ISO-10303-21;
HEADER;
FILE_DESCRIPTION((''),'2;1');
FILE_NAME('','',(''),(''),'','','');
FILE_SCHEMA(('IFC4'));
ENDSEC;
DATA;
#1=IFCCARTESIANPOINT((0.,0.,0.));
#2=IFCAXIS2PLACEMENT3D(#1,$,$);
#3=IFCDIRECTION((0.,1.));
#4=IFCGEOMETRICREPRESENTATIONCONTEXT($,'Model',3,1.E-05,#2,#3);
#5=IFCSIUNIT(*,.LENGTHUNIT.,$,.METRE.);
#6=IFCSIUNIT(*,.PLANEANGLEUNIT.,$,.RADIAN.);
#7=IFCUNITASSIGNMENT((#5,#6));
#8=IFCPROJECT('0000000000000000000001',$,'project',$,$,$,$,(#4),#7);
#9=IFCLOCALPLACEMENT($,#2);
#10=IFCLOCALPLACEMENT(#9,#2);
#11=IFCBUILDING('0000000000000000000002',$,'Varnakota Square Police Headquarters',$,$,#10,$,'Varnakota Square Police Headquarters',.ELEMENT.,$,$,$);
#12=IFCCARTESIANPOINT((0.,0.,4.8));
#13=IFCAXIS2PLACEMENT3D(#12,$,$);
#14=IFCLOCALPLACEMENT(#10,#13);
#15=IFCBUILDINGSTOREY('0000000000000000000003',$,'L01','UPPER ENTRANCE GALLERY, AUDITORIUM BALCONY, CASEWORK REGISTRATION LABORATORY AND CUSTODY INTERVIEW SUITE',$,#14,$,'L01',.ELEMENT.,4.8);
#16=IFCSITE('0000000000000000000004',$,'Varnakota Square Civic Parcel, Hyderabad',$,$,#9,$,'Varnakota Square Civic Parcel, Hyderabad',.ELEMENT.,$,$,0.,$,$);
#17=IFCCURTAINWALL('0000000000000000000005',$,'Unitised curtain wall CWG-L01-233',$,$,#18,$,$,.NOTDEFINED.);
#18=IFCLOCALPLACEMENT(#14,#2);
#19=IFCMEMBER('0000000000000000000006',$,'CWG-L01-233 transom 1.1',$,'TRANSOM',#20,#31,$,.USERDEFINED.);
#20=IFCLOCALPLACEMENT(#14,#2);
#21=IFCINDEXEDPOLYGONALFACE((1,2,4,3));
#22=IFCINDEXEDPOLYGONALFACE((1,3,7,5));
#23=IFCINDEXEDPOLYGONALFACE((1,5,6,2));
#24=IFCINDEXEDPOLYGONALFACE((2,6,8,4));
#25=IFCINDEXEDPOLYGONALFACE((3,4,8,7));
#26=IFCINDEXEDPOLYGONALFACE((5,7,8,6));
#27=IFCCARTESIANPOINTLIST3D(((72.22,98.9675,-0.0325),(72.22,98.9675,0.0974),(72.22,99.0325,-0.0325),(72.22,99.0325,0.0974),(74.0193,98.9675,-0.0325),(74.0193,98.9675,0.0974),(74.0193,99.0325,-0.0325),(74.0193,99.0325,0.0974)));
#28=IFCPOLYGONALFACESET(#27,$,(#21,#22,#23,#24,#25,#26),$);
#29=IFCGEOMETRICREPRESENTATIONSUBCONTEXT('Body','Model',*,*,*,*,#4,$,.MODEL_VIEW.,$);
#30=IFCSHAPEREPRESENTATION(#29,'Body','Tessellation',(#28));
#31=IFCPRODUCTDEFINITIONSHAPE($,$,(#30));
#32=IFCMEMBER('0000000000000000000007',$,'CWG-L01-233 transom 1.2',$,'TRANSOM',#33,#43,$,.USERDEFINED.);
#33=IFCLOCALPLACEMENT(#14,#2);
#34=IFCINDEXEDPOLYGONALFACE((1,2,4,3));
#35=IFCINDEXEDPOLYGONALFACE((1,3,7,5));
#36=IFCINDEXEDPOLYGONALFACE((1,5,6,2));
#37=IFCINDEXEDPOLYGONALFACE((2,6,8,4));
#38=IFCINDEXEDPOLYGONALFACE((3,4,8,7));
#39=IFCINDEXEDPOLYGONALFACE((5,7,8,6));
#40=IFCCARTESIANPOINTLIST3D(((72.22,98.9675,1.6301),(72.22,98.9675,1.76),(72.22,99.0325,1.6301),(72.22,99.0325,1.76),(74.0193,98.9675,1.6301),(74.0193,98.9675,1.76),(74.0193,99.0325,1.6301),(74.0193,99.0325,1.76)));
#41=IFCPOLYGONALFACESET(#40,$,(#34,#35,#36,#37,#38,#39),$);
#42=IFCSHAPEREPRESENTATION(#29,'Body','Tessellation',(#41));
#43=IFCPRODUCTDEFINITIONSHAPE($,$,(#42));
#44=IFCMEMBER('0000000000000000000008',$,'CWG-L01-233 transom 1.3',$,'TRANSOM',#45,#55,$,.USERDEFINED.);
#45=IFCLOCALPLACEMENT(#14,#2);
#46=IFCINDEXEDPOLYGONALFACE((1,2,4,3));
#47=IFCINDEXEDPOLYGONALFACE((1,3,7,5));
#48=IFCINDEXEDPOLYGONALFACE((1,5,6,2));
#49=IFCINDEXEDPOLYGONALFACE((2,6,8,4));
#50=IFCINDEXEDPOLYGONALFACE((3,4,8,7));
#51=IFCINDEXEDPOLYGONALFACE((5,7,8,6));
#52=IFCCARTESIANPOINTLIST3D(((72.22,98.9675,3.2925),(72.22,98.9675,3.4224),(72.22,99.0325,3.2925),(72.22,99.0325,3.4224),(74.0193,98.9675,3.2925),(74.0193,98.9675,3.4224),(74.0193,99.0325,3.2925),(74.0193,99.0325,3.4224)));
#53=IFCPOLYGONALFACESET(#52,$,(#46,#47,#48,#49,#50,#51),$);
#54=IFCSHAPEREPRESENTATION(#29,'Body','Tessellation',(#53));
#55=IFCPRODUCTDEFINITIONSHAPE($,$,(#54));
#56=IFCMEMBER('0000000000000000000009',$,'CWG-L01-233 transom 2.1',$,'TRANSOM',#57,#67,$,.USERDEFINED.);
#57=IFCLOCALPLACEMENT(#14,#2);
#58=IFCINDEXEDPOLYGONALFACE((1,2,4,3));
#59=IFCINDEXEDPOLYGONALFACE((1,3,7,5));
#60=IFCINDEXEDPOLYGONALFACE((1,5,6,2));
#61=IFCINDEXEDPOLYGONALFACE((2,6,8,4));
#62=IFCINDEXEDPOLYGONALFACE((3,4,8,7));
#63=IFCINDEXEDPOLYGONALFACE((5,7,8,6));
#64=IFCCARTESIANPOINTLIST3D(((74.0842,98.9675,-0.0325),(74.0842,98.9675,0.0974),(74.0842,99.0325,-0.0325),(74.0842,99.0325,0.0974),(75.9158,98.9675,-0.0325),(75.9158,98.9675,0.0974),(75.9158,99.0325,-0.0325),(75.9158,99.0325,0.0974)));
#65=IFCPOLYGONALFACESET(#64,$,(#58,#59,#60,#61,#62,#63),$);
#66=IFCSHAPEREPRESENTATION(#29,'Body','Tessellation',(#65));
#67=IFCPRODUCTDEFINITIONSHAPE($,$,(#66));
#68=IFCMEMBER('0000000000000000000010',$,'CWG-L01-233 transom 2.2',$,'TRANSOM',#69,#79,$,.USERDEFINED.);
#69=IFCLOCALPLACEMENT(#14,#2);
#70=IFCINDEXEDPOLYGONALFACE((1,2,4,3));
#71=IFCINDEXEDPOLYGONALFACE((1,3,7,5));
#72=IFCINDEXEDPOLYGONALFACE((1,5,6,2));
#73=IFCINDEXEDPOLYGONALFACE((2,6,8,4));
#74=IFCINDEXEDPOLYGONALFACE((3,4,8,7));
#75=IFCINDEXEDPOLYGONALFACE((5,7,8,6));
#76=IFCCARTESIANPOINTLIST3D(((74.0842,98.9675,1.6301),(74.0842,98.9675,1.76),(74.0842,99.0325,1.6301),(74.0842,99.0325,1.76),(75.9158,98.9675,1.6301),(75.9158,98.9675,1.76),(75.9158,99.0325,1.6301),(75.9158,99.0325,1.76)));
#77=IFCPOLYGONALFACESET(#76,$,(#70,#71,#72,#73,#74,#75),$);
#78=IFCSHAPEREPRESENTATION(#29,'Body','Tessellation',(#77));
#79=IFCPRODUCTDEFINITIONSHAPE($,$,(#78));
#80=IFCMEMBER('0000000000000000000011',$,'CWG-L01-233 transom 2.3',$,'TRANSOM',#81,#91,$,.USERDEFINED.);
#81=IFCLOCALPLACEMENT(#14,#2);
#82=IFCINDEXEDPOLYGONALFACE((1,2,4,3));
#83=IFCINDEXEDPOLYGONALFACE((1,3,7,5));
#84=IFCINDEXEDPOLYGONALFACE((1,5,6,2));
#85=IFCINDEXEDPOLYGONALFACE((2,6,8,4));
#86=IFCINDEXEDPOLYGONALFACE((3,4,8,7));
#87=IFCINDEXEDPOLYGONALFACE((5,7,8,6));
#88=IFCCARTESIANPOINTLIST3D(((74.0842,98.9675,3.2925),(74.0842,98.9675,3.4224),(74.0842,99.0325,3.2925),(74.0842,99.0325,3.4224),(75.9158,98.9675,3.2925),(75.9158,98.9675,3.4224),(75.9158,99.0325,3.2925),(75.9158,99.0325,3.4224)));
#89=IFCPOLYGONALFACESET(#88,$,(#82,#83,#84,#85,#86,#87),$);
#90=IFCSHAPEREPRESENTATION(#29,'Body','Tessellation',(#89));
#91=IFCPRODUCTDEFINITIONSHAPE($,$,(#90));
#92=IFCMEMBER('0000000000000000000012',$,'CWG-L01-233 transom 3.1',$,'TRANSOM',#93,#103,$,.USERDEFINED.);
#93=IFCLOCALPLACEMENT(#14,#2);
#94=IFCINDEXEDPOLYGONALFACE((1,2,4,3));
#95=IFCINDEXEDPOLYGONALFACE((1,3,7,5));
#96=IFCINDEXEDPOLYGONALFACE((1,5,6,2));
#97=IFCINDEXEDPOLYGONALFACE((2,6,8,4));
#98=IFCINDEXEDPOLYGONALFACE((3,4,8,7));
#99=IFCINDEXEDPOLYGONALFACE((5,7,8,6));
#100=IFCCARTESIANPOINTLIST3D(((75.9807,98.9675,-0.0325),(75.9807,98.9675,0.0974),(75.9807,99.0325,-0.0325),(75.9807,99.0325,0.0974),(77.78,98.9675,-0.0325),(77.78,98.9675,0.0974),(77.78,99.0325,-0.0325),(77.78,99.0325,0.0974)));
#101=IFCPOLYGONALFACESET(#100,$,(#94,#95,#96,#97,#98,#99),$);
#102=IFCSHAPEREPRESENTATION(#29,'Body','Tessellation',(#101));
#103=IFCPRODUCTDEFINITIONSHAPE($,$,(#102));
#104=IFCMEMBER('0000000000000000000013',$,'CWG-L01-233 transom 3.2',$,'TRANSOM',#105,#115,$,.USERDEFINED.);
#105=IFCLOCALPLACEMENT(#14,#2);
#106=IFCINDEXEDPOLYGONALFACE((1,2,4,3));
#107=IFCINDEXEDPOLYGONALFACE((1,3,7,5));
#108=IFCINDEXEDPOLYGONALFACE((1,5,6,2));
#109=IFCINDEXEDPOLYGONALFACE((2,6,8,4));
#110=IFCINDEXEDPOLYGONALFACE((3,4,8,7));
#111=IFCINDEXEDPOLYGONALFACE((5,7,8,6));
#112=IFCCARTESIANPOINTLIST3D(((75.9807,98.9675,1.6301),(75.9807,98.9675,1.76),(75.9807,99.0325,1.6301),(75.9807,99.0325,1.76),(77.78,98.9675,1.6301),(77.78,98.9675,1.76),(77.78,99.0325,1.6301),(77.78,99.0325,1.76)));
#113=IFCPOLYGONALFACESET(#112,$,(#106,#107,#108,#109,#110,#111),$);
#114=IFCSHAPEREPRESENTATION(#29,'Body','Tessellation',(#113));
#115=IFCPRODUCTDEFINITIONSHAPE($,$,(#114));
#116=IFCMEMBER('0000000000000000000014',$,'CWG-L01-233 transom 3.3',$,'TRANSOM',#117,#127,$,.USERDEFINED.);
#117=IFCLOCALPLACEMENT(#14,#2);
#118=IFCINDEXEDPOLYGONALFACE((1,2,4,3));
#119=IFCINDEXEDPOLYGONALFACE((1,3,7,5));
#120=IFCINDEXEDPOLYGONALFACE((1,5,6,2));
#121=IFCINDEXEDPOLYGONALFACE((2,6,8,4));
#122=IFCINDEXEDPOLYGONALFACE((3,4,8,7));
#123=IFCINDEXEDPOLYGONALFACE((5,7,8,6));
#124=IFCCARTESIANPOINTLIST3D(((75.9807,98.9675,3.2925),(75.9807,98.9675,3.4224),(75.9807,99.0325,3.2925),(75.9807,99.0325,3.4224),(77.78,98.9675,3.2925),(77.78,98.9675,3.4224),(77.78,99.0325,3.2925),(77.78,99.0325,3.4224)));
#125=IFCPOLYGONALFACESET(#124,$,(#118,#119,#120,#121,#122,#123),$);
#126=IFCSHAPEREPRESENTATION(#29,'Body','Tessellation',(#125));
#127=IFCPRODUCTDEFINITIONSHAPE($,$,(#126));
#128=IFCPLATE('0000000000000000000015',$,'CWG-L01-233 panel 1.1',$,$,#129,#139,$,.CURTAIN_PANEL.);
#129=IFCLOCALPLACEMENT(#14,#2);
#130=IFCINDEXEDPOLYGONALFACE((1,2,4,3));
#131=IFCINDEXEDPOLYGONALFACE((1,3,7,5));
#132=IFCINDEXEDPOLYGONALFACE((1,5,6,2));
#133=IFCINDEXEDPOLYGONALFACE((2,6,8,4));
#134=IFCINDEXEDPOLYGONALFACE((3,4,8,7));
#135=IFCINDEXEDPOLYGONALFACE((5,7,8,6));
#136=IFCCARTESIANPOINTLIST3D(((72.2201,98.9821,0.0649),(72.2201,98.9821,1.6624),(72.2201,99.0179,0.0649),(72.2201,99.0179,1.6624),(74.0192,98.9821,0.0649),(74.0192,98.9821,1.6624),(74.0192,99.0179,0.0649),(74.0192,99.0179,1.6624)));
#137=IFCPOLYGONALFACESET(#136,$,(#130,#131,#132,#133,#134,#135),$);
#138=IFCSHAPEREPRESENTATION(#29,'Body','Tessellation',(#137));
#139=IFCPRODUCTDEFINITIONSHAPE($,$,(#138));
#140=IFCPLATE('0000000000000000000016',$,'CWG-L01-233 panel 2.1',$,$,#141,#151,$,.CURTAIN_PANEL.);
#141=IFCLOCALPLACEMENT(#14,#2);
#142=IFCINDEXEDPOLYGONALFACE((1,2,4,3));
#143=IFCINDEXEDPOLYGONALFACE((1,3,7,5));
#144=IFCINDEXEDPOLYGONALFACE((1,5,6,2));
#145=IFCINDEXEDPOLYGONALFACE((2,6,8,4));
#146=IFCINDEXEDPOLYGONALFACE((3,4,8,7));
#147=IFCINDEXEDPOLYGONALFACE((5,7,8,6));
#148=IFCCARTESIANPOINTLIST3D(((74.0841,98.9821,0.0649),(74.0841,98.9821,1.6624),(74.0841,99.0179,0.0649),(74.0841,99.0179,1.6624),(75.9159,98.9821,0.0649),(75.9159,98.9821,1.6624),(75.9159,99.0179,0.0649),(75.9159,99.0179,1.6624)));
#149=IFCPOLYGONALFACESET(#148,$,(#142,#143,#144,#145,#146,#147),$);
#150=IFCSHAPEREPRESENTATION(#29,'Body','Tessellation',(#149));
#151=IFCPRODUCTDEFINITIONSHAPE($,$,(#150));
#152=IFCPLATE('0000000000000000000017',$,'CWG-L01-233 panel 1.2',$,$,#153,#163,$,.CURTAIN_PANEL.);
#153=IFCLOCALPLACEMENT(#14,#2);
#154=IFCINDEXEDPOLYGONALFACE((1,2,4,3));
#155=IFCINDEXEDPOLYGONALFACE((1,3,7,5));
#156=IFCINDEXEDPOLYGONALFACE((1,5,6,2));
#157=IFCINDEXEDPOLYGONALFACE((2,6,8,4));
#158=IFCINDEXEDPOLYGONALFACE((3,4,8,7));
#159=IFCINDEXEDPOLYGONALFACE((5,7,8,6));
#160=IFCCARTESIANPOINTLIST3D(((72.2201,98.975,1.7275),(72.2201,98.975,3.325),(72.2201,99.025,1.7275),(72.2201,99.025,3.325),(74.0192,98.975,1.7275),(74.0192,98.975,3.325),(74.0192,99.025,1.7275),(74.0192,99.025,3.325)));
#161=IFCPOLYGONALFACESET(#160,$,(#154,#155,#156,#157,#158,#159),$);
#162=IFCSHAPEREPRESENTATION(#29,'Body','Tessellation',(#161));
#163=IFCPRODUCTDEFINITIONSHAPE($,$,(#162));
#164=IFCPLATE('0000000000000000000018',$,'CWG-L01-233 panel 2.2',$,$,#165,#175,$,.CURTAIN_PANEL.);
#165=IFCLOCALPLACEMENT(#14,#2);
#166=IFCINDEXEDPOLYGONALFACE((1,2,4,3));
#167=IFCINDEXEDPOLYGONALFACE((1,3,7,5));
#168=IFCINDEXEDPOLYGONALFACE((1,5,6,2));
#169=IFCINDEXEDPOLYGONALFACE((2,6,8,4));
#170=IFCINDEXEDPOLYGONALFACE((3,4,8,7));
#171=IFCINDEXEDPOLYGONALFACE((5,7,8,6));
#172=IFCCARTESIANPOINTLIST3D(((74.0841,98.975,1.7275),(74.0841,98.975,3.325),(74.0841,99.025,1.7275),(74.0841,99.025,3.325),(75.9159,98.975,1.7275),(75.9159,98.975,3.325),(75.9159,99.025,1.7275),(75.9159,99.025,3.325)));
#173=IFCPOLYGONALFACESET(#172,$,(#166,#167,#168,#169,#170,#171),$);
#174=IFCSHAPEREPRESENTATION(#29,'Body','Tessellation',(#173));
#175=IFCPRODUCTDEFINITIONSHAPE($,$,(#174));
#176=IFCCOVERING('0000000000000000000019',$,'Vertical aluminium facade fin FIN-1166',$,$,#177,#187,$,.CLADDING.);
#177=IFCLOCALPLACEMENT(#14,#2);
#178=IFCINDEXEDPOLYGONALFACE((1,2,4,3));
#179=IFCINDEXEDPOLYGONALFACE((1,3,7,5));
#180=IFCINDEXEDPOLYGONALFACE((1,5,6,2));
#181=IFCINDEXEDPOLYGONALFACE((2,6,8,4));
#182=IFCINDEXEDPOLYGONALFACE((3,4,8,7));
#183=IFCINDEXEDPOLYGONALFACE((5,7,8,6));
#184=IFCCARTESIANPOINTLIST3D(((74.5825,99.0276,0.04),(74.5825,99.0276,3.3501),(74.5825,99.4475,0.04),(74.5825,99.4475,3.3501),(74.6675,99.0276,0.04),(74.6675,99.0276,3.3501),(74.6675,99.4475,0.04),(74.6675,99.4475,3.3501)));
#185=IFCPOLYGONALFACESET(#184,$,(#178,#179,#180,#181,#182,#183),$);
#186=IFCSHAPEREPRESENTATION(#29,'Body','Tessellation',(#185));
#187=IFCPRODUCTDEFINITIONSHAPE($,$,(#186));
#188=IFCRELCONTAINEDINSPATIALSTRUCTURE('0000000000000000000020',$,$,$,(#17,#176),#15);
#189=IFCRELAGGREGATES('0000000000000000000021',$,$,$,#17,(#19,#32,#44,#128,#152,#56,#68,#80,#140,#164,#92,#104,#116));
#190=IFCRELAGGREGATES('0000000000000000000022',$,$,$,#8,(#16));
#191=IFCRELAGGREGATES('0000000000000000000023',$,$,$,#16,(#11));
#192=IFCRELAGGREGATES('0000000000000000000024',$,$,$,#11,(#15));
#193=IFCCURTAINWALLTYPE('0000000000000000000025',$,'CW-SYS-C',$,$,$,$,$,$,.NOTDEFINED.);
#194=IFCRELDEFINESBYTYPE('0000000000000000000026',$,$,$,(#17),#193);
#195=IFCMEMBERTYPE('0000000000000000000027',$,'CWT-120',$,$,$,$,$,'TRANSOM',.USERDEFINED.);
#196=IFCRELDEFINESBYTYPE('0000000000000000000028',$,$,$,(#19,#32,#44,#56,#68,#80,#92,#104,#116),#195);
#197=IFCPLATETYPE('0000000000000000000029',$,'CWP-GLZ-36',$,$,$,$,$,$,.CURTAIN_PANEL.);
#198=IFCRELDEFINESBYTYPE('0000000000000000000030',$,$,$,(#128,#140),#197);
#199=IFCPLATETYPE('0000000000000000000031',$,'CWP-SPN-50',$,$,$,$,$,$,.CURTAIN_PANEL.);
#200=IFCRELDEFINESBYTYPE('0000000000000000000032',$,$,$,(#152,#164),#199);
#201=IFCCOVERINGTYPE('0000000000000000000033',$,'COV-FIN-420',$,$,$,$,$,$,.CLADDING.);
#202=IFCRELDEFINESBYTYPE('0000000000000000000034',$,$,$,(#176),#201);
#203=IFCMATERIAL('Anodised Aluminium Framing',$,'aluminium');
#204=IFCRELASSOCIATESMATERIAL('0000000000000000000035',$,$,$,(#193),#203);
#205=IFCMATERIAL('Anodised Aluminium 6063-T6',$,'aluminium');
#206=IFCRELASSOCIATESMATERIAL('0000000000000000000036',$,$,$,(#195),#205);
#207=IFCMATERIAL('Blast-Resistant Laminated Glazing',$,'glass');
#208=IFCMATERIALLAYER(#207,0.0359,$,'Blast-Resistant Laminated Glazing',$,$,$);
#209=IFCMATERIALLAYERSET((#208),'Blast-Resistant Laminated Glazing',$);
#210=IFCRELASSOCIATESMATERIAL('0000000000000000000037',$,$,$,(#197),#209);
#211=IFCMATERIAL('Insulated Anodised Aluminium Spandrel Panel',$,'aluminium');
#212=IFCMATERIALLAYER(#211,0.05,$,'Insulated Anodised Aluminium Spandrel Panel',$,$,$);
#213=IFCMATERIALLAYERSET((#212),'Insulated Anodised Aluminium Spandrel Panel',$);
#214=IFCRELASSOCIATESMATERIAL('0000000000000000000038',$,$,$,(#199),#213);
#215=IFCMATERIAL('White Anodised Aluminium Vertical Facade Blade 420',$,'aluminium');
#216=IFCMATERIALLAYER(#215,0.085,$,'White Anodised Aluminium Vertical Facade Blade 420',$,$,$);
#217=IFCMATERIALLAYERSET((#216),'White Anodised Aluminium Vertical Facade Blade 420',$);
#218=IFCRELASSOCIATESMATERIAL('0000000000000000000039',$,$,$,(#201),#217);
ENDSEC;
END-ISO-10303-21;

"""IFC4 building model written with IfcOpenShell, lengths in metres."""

from ifc_helpers import new_model, si_unit, direction, frame, origin, origin_2d, place, context, subcontext, project, spatial, rectangle, extrude, material, layer, layer_set, material_profile, profile_set, type_object, element, aggregate, save


model = new_model("IFC4")

# Units and contexts
model_context = context("Model", 3, precision=1e-05, world=origin(), true_north=direction((0.0, 1.0)))
body_context = subcontext(model_context, "Body", "Model", "MODEL_VIEW")
ifc_project = project(units=[si_unit("LENGTHUNIT", "METRE"), si_unit("PLANEANGLEUNIT", "RADIAN")], contexts=[model_context])

# Site, building, storey
site_placement = place(None, origin())
site = spatial("IfcSite", under=ifc_project, at=site_placement, Name="Varnakota Square Civic Parcel, Hyderabad", LongName="Varnakota Square Civic Parcel, Hyderabad", CompositionType="ELEMENT", RefElevation=0.0)
building_placement = place(site_placement, origin())
building = spatial("IfcBuilding", under=site, at=building_placement, Name="Varnakota Square Police Headquarters", LongName="Varnakota Square Police Headquarters", CompositionType="ELEMENT")
storey_placement = place(building_placement, frame((0.0, 0.0, 4.8)))
storey = spatial("IfcBuildingStorey", under=building, at=storey_placement, Name="L01", Description="UPPER ENTRANCE GALLERY, AUDITORIUM BALCONY, CASEWORK REGISTRATION LABORATORY AND CUSTODY INTERVIEW SUITE", LongName="L01", CompositionType="ELEMENT", Elevation=4.8)

# Shared definitions
ifc_material_1 = material(Name="Anodised Aluminium Framing", Category="aluminium")
curtain_wall_type = type_object("IfcCurtainWallType", Name="CW-SYS-C", PredefinedType="NOTDEFINED", material=ifc_material_1)
ifc_material_2 = material(Name="Anodised Aluminium 6063-T6", Category="aluminium")

# Curtain wall, members, plates
curtain_wall_1_placement = place(storey_placement, origin())
curtain_wall_1 = element("IfcCurtainWall", 1, at=curtain_wall_1_placement, inside=storey, type_object=curtain_wall_type, Name="Unitised curtain wall CWG-L01-233", PredefinedType="NOTDEFINED")
ifc_material_profile_1 = material_profile(ifc_material_2, rectangle(XDim=0.0649, YDim=0.1299, at=origin_2d()), Name="ALU TRANSOM 65x130")
ifc_profile_set_1 = profile_set([ifc_material_profile_1], Name="Anodised Aluminium 6063-T6")
member_type_1 = type_object("IfcMemberType", Name="CWT-120", ElementType="TRANSOM", PredefinedType="USERDEFINED", material=ifc_profile_set_1)
member_1_placement = place(storey_placement, frame((72.22, 99.0, 0.0325), z_axis=(1.0, 0.0, 0.0), x_axis=(0.0, 1.0, 0.0)))
member_1 = element("IfcMember", 2, at=member_1_placement, type_object=member_type_1, Name="CWG-L01-233 transom 1.1", ObjectType="TRANSOM", PredefinedType="USERDEFINED", context=body_context, shape_type="SweptSolid", body=[
    extrude(rectangle(XDim=0.0649, YDim=0.1299, at=origin_2d()), origin(), (0.0, 0.0, 1.0), 1.7993),
])
member_2_placement = place(storey_placement, frame((72.22, 99.0, 1.6951), z_axis=(1.0, 0.0, 0.0), x_axis=(0.0, 1.0, 0.0)))
member_2 = element("IfcMember", 3, at=member_2_placement, type_object=member_type_1, Name="CWG-L01-233 transom 1.2", ObjectType="TRANSOM", PredefinedType="USERDEFINED", context=body_context, shape_type="SweptSolid", body=[
    extrude(rectangle(XDim=0.0649, YDim=0.1299, at=origin_2d()), origin(), (0.0, 0.0, 1.0), 1.7993),
])
member_3_placement = place(storey_placement, frame((72.22, 99.0, 3.3574), z_axis=(1.0, 0.0, 0.0), x_axis=(0.0, 1.0, 0.0)))
member_3 = element("IfcMember", 4, at=member_3_placement, type_object=member_type_1, Name="CWG-L01-233 transom 1.3", ObjectType="TRANSOM", PredefinedType="USERDEFINED", context=body_context, shape_type="SweptSolid", body=[
    extrude(rectangle(XDim=0.0649, YDim=0.1299, at=origin_2d()), origin(), (0.0, 0.0, 1.0), 1.7993),
])
member_4_placement = place(storey_placement, frame((74.0842, 99.0, 0.0325), z_axis=(1.0, 0.0, 0.0), x_axis=(0.0, 1.0, 0.0)))
member_4 = element("IfcMember", 5, at=member_4_placement, type_object=member_type_1, Name="CWG-L01-233 transom 2.1", ObjectType="TRANSOM", PredefinedType="USERDEFINED", context=body_context, shape_type="SweptSolid", body=[
    extrude(rectangle(XDim=0.0649, YDim=0.1299, at=origin_2d()), origin(), (0.0, 0.0, 1.0), 1.8315),
])
member_5_placement = place(storey_placement, frame((74.0842, 99.0, 1.6951), z_axis=(1.0, 0.0, 0.0), x_axis=(0.0, 1.0, 0.0)))
member_5 = element("IfcMember", 6, at=member_5_placement, type_object=member_type_1, Name="CWG-L01-233 transom 2.2", ObjectType="TRANSOM", PredefinedType="USERDEFINED", context=body_context, shape_type="SweptSolid", body=[
    extrude(rectangle(XDim=0.0649, YDim=0.1299, at=origin_2d()), origin(), (0.0, 0.0, 1.0), 1.8315),
])
member_6_placement = place(storey_placement, frame((74.0842, 99.0, 3.3574), z_axis=(1.0, 0.0, 0.0), x_axis=(0.0, 1.0, 0.0)))
member_6 = element("IfcMember", 7, at=member_6_placement, type_object=member_type_1, Name="CWG-L01-233 transom 2.3", ObjectType="TRANSOM", PredefinedType="USERDEFINED", context=body_context, shape_type="SweptSolid", body=[
    extrude(rectangle(XDim=0.0649, YDim=0.1299, at=origin_2d()), origin(), (0.0, 0.0, 1.0), 1.8315),
])
member_7_placement = place(storey_placement, frame((75.9807, 99.0, 0.0325), z_axis=(1.0, 0.0, 0.0), x_axis=(0.0, 1.0, 0.0)))
member_7 = element("IfcMember", 8, at=member_7_placement, type_object=member_type_1, Name="CWG-L01-233 transom 3.1", ObjectType="TRANSOM", PredefinedType="USERDEFINED", context=body_context, shape_type="SweptSolid", body=[
    extrude(rectangle(XDim=0.0649, YDim=0.1299, at=origin_2d()), origin(), (0.0, 0.0, 1.0), 1.7993),
])
member_8_placement = place(storey_placement, frame((75.9807, 99.0, 1.6951), z_axis=(1.0, 0.0, 0.0), x_axis=(0.0, 1.0, 0.0)))
member_8 = element("IfcMember", 9, at=member_8_placement, type_object=member_type_1, Name="CWG-L01-233 transom 3.2", ObjectType="TRANSOM", PredefinedType="USERDEFINED", context=body_context, shape_type="SweptSolid", body=[
    extrude(rectangle(XDim=0.0649, YDim=0.1299, at=origin_2d()), origin(), (0.0, 0.0, 1.0), 1.7993),
])
member_9_placement = place(storey_placement, frame((75.9807, 99.0, 3.3574), z_axis=(1.0, 0.0, 0.0), x_axis=(0.0, 1.0, 0.0)))
member_9 = element("IfcMember", 10, at=member_9_placement, type_object=member_type_1, Name="CWG-L01-233 transom 3.3", ObjectType="TRANSOM", PredefinedType="USERDEFINED", context=body_context, shape_type="SweptSolid", body=[
    extrude(rectangle(XDim=0.0649, YDim=0.1299, at=origin_2d()), origin(), (0.0, 0.0, 1.0), 1.7993),
])
ifc_material_3 = material(Name="Blast-Resistant Laminated Glazing", Category="glass")
ifc_layer_1 = layer(ifc_material_3, 0.0359, Name="Blast-Resistant Laminated Glazing")
ifc_layer_set_1 = layer_set([ifc_layer_1], Name="Blast-Resistant Laminated Glazing")
plate_type_1 = type_object("IfcPlateType", Name="CWP-GLZ-36", PredefinedType="CURTAIN_PANEL", material=ifc_layer_set_1)
plate_1_placement = place(storey_placement, frame((73.1196, 99.0, 0.0649), z_axis=(0.0, 0.0, 1.0), x_axis=(1.0, 0.0, 0.0)))
plate_1 = element("IfcPlate", 11, at=plate_1_placement, type_object=plate_type_1, Name="CWG-L01-233 panel 1.1", PredefinedType="CURTAIN_PANEL", context=body_context, shape_type="SweptSolid", body=[
    extrude(rectangle(XDim=1.7991, YDim=0.0359, at=origin_2d()), origin(), (0.0, 0.0, 1.0), 1.5974),
])
plate_2_placement = place(storey_placement, frame((75.0, 99.0, 0.0649), z_axis=(0.0, 0.0, 1.0), x_axis=(1.0, 0.0, 0.0)))
plate_2 = element("IfcPlate", 12, at=plate_2_placement, type_object=plate_type_1, Name="CWG-L01-233 panel 2.1", PredefinedType="CURTAIN_PANEL", context=body_context, shape_type="SweptSolid", body=[
    extrude(rectangle(XDim=1.8318, YDim=0.0359, at=origin_2d()), origin(), (0.0, 0.0, 1.0), 1.5974),
])
ifc_material_4 = material(Name="Insulated Anodised Aluminium Spandrel Panel", Category="aluminium")
ifc_layer_2 = layer(ifc_material_4, 0.05, Name="Insulated Anodised Aluminium Spandrel Panel")
ifc_layer_set_2 = layer_set([ifc_layer_2], Name="Insulated Anodised Aluminium Spandrel Panel")
plate_type_2 = type_object("IfcPlateType", Name="CWP-SPN-50", PredefinedType="CURTAIN_PANEL", material=ifc_layer_set_2)
plate_3_placement = place(storey_placement, frame((73.1196, 99.0, 1.7275), z_axis=(0.0, 0.0, 1.0), x_axis=(1.0, 0.0, 0.0)))
plate_3 = element("IfcPlate", 13, at=plate_3_placement, type_object=plate_type_2, Name="CWG-L01-233 panel 1.2", PredefinedType="CURTAIN_PANEL", context=body_context, shape_type="SweptSolid", body=[
    extrude(rectangle(XDim=1.7991, YDim=0.05, at=origin_2d()), origin(), (0.0, 0.0, 1.0), 1.5974),
])
plate_4_placement = place(storey_placement, frame((75.0, 99.0, 1.7275), z_axis=(0.0, 0.0, 1.0), x_axis=(1.0, 0.0, 0.0)))
plate_4 = element("IfcPlate", 14, at=plate_4_placement, type_object=plate_type_2, Name="CWG-L01-233 panel 2.2", PredefinedType="CURTAIN_PANEL", context=body_context, shape_type="SweptSolid", body=[
    extrude(rectangle(XDim=1.8318, YDim=0.05, at=origin_2d()), origin(), (0.0, 0.0, 1.0), 1.5974),
])
aggregate(curtain_wall_1, [member_1, member_2, member_3, plate_1, plate_3, member_4, member_5, member_6, plate_2, plate_4, member_7, member_8, member_9])

# Covering
ifc_material_5 = material(Name="White Anodised Aluminium Vertical Facade Blade 420", Category="aluminium")
ifc_layer_3 = layer(ifc_material_5, 0.085, Name="White Anodised Aluminium Vertical Facade Blade 420")
ifc_layer_set_3 = layer_set([ifc_layer_3], Name="White Anodised Aluminium Vertical Facade Blade 420")
covering_type_1 = type_object("IfcCoveringType", Name="COV-FIN-420", PredefinedType="CLADDING", material=ifc_layer_set_3)
covering_1_placement = place(storey_placement, frame((74.625, 99.2375, 0.04), z_axis=(0.0, 0.0, 1.0), x_axis=(1.0, 0.0, 0.0)))
element("IfcCovering", 15, at=covering_1_placement, inside=storey, type_object=covering_type_1, Name="Vertical aluminium facade fin FIN-1166", PredefinedType="CLADDING", context=body_context, shape_type="SweptSolid", body=[
    extrude(rectangle(XDim=0.085, YDim=0.4199, at=origin_2d()), origin(), (0.0, 0.0, 1.0), 3.3101),
])

save(model, "model.ifc")
